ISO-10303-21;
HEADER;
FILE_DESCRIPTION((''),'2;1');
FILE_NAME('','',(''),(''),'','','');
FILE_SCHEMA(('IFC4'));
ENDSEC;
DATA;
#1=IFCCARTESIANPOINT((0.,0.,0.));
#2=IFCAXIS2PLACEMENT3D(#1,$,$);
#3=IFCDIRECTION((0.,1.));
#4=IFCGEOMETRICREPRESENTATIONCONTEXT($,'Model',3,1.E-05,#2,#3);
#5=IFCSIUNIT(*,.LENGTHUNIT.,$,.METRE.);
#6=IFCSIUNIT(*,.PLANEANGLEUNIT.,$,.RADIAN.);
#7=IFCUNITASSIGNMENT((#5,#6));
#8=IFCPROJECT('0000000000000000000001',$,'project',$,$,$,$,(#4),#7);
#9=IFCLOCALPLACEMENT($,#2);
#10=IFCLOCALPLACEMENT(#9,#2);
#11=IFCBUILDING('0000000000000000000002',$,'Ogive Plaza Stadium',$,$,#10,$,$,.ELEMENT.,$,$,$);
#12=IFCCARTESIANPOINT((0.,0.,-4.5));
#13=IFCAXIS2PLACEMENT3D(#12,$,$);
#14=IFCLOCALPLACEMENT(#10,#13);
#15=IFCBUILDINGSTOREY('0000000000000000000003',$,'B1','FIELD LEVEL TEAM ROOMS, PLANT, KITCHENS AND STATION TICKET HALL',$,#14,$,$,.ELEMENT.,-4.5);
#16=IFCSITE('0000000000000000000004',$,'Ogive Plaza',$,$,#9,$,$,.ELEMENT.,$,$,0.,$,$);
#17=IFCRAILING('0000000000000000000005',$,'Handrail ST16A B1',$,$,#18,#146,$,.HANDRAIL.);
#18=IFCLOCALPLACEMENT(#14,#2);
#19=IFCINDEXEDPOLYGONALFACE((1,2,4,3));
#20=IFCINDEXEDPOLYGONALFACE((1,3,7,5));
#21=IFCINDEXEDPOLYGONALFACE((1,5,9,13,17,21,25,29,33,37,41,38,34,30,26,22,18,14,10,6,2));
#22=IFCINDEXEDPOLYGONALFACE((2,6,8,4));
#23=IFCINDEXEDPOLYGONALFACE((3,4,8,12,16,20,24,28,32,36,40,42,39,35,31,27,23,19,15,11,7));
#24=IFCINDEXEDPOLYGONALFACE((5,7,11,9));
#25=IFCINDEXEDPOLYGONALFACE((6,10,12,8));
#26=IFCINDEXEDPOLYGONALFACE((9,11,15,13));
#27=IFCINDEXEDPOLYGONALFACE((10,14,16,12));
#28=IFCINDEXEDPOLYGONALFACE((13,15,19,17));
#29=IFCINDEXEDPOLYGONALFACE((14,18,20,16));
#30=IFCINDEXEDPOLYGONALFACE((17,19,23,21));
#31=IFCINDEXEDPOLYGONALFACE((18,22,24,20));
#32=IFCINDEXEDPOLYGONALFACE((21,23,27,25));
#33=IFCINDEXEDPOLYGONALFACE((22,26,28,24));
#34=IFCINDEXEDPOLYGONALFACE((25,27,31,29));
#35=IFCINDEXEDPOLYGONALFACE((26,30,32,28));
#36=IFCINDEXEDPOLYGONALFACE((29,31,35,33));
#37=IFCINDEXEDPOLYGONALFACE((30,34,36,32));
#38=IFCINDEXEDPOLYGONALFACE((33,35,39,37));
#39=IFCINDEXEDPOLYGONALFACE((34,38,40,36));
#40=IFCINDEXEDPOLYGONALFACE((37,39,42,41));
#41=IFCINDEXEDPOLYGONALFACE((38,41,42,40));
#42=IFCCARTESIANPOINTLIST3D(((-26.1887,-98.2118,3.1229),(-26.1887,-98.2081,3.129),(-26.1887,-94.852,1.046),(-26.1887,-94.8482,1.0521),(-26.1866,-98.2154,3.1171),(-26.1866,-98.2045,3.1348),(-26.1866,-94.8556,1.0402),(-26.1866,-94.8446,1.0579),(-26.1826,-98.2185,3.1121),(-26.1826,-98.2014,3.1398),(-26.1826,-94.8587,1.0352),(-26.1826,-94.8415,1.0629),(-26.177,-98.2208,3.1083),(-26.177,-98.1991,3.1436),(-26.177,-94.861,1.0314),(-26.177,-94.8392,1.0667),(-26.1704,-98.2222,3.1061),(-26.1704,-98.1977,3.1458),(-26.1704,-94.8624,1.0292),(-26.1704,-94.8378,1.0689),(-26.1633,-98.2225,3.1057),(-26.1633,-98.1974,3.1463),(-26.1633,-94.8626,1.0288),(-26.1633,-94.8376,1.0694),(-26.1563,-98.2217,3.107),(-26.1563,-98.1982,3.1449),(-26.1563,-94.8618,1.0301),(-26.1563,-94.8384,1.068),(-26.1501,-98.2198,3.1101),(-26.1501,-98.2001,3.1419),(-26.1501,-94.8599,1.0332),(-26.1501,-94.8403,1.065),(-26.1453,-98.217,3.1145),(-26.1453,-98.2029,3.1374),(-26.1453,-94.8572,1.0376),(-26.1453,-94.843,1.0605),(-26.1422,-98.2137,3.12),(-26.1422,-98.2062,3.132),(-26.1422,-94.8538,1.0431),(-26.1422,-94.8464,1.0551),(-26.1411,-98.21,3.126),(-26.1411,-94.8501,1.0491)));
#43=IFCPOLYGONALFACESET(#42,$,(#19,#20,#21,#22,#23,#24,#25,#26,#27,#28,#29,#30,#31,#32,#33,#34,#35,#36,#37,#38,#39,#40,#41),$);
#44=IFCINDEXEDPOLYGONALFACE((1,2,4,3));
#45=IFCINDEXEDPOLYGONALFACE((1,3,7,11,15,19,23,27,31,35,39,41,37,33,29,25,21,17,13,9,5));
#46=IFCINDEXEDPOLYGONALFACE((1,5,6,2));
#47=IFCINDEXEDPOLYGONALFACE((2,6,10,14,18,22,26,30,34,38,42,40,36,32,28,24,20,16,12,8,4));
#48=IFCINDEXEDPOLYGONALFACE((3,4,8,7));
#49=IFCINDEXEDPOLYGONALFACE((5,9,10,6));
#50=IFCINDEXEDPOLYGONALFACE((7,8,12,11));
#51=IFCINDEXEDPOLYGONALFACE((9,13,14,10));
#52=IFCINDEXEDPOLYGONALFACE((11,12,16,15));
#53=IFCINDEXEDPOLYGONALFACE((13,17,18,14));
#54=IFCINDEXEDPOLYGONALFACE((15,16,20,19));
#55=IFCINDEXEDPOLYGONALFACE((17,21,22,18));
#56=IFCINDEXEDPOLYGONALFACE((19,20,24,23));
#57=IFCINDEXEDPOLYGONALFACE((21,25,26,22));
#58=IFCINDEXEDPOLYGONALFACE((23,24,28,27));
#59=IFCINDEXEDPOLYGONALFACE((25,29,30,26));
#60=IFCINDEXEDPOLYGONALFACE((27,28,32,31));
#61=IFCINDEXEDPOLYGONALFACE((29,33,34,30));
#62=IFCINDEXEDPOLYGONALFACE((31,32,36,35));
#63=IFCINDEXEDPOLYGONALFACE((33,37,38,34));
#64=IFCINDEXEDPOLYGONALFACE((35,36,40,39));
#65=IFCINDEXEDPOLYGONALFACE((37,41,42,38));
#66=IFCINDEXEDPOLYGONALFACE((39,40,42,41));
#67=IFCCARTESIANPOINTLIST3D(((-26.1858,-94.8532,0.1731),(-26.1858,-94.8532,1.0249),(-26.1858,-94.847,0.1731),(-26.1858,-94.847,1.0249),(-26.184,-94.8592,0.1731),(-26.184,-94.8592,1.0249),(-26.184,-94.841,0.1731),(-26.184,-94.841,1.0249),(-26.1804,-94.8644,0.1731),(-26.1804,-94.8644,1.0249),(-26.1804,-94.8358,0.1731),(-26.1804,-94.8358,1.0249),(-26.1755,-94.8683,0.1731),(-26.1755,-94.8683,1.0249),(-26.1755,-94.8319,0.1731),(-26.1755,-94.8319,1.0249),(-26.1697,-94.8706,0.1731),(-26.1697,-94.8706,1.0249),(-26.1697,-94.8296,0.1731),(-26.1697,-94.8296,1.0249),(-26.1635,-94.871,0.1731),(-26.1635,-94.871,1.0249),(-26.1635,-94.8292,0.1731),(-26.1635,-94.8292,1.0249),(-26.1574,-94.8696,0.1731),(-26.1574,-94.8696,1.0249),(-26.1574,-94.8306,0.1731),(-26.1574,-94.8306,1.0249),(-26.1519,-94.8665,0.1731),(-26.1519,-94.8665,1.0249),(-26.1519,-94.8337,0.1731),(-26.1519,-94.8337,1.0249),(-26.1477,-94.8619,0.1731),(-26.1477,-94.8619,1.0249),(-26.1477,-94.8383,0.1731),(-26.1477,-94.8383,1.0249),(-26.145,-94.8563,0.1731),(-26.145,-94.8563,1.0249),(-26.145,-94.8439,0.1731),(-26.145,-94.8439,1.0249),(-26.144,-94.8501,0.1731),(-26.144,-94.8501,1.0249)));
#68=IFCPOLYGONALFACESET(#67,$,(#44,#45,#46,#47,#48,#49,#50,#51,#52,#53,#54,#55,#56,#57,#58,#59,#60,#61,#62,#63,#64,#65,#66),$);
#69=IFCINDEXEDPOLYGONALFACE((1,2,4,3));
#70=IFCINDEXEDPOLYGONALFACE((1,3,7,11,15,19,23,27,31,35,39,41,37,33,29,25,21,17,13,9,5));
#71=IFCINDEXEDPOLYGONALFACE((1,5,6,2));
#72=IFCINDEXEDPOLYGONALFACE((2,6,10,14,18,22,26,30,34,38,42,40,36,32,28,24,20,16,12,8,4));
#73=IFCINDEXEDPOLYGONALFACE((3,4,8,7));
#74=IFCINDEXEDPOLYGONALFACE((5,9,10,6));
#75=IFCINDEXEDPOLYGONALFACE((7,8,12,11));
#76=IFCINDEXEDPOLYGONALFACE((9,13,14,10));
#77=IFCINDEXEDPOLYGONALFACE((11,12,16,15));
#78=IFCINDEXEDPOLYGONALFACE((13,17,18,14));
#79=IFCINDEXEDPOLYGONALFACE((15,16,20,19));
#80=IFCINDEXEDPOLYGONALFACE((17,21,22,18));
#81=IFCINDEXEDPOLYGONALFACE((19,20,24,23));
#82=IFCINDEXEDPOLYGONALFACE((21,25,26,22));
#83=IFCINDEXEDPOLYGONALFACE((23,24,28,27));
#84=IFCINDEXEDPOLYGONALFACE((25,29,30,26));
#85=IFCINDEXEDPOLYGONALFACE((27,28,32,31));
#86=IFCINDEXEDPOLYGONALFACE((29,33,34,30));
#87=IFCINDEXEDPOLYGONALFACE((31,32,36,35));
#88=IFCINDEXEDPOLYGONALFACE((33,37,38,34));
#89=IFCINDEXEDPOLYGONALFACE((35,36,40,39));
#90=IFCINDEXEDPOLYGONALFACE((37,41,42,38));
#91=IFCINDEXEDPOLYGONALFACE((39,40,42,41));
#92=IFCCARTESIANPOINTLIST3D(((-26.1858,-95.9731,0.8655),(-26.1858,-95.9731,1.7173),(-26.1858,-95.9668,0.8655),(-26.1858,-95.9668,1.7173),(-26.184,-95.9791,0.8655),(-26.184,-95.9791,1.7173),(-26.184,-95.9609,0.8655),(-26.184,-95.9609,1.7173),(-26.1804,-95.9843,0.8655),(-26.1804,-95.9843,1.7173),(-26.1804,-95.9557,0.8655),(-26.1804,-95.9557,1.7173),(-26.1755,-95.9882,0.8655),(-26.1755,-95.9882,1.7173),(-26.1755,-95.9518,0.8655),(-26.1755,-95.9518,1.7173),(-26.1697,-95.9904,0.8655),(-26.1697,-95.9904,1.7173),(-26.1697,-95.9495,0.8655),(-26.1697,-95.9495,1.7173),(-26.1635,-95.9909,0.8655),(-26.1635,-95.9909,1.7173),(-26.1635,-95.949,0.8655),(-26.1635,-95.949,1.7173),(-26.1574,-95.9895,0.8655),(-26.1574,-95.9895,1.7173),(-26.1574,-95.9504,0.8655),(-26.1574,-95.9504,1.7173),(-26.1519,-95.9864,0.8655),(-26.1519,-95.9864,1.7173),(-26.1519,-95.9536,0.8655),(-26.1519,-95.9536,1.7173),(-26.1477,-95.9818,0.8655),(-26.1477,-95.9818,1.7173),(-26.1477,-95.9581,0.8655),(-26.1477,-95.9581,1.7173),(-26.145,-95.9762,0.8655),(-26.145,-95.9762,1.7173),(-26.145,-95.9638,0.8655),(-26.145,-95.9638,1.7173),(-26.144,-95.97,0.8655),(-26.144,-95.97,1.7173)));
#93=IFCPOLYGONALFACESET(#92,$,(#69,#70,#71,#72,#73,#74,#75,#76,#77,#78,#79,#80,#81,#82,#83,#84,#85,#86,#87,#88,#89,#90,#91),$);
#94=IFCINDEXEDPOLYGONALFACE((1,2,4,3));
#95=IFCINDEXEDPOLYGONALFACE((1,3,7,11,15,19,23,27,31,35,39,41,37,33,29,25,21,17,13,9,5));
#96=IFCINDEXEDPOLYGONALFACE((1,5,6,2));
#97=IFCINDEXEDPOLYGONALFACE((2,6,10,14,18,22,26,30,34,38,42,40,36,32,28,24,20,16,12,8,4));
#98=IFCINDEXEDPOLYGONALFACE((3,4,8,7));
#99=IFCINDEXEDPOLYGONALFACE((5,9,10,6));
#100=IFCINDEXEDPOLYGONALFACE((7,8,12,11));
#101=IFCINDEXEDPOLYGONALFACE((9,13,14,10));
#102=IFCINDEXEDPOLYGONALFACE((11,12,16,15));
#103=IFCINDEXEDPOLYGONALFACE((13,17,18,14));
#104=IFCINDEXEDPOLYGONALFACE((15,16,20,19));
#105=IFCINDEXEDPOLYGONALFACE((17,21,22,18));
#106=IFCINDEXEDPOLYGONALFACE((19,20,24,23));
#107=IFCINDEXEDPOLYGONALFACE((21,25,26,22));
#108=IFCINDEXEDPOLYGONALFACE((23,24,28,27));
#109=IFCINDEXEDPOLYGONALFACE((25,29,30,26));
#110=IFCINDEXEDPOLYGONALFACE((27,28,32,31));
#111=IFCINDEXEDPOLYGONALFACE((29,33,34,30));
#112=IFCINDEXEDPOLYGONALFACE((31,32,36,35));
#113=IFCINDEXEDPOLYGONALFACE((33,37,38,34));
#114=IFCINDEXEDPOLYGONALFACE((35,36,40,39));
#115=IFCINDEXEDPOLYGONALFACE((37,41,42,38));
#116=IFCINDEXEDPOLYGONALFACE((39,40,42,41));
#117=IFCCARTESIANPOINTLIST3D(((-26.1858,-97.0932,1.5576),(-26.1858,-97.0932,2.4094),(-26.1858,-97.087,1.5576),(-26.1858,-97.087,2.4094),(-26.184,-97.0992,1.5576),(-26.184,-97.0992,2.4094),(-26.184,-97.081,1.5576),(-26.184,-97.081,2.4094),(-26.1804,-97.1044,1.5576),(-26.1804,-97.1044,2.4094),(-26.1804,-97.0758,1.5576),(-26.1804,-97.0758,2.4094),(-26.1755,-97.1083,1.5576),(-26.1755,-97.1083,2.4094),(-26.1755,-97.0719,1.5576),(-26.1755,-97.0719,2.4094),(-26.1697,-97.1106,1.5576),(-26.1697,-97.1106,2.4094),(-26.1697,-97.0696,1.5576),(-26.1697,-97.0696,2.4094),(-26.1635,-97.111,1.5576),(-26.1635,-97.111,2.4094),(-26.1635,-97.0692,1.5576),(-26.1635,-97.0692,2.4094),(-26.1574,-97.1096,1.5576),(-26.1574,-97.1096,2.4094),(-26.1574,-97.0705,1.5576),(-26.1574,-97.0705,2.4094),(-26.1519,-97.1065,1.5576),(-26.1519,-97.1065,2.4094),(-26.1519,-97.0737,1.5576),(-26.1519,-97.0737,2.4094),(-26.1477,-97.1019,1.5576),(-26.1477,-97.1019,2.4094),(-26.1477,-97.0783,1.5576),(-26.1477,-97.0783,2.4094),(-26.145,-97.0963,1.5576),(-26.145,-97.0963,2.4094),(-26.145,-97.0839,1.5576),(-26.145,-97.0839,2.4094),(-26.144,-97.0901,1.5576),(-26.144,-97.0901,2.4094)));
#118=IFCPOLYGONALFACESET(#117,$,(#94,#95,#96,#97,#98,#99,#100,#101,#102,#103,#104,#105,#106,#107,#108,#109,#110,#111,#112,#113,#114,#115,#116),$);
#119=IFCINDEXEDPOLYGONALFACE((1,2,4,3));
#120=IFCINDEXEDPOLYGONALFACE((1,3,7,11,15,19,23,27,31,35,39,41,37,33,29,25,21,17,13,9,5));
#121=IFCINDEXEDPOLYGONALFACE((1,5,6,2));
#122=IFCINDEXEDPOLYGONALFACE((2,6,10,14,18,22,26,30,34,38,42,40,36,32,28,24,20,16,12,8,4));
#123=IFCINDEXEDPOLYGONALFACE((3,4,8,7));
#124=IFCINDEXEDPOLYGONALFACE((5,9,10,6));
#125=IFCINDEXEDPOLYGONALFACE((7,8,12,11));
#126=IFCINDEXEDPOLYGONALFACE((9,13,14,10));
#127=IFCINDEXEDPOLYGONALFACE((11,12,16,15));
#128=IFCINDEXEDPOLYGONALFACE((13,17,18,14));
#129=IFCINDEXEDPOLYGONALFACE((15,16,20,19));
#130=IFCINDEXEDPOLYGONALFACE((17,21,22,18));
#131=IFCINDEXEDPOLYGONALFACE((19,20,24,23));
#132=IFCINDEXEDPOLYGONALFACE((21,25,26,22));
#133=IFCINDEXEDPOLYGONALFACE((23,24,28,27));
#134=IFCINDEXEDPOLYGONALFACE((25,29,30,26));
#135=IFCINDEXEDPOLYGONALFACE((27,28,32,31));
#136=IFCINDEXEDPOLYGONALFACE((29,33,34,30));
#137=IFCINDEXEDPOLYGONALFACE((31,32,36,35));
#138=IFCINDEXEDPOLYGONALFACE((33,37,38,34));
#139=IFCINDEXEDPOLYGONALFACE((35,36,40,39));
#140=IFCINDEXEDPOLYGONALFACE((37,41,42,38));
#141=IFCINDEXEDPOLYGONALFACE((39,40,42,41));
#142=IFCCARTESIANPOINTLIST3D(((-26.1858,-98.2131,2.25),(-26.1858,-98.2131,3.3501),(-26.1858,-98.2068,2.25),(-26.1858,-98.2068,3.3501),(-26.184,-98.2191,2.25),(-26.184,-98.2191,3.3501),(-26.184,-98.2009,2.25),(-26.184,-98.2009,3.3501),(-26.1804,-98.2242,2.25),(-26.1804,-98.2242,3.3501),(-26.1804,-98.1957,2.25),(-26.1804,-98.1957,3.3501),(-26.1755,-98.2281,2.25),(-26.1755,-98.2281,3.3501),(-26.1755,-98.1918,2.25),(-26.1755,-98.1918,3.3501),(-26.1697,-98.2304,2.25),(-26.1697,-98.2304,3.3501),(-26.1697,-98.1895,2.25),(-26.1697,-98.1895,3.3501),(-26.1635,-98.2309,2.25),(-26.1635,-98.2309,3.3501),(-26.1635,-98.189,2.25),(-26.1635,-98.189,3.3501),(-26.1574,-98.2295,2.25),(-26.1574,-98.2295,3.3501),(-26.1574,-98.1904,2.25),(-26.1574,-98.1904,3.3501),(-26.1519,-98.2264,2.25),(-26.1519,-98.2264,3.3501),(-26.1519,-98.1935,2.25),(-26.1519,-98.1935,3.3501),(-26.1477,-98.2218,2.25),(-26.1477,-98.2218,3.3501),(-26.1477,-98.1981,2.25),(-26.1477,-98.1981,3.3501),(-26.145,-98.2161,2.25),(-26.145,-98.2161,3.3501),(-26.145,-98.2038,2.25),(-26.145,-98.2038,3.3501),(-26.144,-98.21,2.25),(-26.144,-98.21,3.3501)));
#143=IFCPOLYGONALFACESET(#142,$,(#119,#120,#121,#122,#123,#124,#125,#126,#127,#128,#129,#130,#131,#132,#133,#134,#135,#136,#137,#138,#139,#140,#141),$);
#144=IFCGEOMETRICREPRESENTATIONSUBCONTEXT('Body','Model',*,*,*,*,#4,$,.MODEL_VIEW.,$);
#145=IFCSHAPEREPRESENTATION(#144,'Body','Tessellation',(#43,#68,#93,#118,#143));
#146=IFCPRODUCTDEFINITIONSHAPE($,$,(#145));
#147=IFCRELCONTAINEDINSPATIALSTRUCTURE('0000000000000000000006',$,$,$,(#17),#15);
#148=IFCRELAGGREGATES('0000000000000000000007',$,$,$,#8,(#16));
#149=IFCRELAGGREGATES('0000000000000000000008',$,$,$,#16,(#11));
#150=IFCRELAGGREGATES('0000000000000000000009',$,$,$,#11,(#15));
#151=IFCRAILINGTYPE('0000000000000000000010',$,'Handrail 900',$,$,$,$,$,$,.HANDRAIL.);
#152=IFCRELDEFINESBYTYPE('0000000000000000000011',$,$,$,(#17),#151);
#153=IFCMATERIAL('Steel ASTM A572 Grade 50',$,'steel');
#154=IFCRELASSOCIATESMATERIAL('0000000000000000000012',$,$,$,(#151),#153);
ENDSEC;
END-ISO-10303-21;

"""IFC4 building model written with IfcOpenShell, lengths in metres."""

from ifc_helpers import new_model, si_unit, direction, frame, origin, origin_2d, place, context, subcontext, project, spatial, circle, extrude, material, type_object, element, save


model = new_model("IFC4")

# Units and contexts
model_context = context("Model", 3, precision=1e-05, world=origin(), true_north=direction((0.0, 1.0)))
body_context = subcontext(model_context, "Body", "Model", "MODEL_VIEW")
ifc_project = project(units=[si_unit("LENGTHUNIT", "METRE"), si_unit("PLANEANGLEUNIT", "RADIAN")], contexts=[model_context])

# Site, building, storey
site_placement = place(None, origin())
site = spatial("IfcSite", under=ifc_project, at=site_placement, Name="Ogive Plaza", CompositionType="ELEMENT", RefElevation=0.0)
building_placement = place(site_placement, origin())
building = spatial("IfcBuilding", under=site, at=building_placement, Name="Ogive Plaza Stadium", CompositionType="ELEMENT")
storey_placement = place(building_placement, frame((0.0, 0.0, -4.5)))
storey = spatial("IfcBuildingStorey", under=building, at=storey_placement, Name="B1", Description="FIELD LEVEL TEAM ROOMS, PLANT, KITCHENS AND STATION TICKET HALL", CompositionType="ELEMENT", Elevation=-4.5)

# Railing
ifc_material_1 = material(Name="Steel ASTM A572 Grade 50", Category="steel")
railing_type_1 = type_object("IfcRailingType", Name="Handrail 900", PredefinedType="HANDRAIL", material=ifc_material_1)
for number, where, name in (
    (1, (-26.165, -94.8501, 0.1731), "Handrail ST16A B1"),
):
    element("IfcRailing", number, at=place(storey_placement, frame(where)), inside=storey, type_object=railing_type_1, Name=name, PredefinedType="HANDRAIL", context=body_context, shape_type="SweptSolid", body=[
        extrude(circle(Radius=0.0239, at=origin_2d()), frame((0.0, 0.0, 0.876), z_axis=(0.0, -0.850606, 0.525803), x_axis=(1.0, 0.0, 0.0)), (0.0, 0.0, 1.0), 3.95),
        extrude(circle(Radius=0.021, at=origin_2d()), origin(), (0.0, 0.0, 1.0), 0.8518),
        extrude(circle(Radius=0.021, at=origin_2d()), frame((0.0, -1.1199, 0.6924)), (0.0, 0.0, 1.0), 0.8518),
        extrude(circle(Radius=0.021, at=origin_2d()), frame((0.0, -2.24, 1.3845)), (0.0, 0.0, 1.0), 0.8518),
        extrude(circle(Radius=0.021, at=origin_2d()), frame((0.0, -3.3599, 2.0769)), (0.0, 0.0, 1.0), 1.1001),
    ])

save(model, "model.ifc")
